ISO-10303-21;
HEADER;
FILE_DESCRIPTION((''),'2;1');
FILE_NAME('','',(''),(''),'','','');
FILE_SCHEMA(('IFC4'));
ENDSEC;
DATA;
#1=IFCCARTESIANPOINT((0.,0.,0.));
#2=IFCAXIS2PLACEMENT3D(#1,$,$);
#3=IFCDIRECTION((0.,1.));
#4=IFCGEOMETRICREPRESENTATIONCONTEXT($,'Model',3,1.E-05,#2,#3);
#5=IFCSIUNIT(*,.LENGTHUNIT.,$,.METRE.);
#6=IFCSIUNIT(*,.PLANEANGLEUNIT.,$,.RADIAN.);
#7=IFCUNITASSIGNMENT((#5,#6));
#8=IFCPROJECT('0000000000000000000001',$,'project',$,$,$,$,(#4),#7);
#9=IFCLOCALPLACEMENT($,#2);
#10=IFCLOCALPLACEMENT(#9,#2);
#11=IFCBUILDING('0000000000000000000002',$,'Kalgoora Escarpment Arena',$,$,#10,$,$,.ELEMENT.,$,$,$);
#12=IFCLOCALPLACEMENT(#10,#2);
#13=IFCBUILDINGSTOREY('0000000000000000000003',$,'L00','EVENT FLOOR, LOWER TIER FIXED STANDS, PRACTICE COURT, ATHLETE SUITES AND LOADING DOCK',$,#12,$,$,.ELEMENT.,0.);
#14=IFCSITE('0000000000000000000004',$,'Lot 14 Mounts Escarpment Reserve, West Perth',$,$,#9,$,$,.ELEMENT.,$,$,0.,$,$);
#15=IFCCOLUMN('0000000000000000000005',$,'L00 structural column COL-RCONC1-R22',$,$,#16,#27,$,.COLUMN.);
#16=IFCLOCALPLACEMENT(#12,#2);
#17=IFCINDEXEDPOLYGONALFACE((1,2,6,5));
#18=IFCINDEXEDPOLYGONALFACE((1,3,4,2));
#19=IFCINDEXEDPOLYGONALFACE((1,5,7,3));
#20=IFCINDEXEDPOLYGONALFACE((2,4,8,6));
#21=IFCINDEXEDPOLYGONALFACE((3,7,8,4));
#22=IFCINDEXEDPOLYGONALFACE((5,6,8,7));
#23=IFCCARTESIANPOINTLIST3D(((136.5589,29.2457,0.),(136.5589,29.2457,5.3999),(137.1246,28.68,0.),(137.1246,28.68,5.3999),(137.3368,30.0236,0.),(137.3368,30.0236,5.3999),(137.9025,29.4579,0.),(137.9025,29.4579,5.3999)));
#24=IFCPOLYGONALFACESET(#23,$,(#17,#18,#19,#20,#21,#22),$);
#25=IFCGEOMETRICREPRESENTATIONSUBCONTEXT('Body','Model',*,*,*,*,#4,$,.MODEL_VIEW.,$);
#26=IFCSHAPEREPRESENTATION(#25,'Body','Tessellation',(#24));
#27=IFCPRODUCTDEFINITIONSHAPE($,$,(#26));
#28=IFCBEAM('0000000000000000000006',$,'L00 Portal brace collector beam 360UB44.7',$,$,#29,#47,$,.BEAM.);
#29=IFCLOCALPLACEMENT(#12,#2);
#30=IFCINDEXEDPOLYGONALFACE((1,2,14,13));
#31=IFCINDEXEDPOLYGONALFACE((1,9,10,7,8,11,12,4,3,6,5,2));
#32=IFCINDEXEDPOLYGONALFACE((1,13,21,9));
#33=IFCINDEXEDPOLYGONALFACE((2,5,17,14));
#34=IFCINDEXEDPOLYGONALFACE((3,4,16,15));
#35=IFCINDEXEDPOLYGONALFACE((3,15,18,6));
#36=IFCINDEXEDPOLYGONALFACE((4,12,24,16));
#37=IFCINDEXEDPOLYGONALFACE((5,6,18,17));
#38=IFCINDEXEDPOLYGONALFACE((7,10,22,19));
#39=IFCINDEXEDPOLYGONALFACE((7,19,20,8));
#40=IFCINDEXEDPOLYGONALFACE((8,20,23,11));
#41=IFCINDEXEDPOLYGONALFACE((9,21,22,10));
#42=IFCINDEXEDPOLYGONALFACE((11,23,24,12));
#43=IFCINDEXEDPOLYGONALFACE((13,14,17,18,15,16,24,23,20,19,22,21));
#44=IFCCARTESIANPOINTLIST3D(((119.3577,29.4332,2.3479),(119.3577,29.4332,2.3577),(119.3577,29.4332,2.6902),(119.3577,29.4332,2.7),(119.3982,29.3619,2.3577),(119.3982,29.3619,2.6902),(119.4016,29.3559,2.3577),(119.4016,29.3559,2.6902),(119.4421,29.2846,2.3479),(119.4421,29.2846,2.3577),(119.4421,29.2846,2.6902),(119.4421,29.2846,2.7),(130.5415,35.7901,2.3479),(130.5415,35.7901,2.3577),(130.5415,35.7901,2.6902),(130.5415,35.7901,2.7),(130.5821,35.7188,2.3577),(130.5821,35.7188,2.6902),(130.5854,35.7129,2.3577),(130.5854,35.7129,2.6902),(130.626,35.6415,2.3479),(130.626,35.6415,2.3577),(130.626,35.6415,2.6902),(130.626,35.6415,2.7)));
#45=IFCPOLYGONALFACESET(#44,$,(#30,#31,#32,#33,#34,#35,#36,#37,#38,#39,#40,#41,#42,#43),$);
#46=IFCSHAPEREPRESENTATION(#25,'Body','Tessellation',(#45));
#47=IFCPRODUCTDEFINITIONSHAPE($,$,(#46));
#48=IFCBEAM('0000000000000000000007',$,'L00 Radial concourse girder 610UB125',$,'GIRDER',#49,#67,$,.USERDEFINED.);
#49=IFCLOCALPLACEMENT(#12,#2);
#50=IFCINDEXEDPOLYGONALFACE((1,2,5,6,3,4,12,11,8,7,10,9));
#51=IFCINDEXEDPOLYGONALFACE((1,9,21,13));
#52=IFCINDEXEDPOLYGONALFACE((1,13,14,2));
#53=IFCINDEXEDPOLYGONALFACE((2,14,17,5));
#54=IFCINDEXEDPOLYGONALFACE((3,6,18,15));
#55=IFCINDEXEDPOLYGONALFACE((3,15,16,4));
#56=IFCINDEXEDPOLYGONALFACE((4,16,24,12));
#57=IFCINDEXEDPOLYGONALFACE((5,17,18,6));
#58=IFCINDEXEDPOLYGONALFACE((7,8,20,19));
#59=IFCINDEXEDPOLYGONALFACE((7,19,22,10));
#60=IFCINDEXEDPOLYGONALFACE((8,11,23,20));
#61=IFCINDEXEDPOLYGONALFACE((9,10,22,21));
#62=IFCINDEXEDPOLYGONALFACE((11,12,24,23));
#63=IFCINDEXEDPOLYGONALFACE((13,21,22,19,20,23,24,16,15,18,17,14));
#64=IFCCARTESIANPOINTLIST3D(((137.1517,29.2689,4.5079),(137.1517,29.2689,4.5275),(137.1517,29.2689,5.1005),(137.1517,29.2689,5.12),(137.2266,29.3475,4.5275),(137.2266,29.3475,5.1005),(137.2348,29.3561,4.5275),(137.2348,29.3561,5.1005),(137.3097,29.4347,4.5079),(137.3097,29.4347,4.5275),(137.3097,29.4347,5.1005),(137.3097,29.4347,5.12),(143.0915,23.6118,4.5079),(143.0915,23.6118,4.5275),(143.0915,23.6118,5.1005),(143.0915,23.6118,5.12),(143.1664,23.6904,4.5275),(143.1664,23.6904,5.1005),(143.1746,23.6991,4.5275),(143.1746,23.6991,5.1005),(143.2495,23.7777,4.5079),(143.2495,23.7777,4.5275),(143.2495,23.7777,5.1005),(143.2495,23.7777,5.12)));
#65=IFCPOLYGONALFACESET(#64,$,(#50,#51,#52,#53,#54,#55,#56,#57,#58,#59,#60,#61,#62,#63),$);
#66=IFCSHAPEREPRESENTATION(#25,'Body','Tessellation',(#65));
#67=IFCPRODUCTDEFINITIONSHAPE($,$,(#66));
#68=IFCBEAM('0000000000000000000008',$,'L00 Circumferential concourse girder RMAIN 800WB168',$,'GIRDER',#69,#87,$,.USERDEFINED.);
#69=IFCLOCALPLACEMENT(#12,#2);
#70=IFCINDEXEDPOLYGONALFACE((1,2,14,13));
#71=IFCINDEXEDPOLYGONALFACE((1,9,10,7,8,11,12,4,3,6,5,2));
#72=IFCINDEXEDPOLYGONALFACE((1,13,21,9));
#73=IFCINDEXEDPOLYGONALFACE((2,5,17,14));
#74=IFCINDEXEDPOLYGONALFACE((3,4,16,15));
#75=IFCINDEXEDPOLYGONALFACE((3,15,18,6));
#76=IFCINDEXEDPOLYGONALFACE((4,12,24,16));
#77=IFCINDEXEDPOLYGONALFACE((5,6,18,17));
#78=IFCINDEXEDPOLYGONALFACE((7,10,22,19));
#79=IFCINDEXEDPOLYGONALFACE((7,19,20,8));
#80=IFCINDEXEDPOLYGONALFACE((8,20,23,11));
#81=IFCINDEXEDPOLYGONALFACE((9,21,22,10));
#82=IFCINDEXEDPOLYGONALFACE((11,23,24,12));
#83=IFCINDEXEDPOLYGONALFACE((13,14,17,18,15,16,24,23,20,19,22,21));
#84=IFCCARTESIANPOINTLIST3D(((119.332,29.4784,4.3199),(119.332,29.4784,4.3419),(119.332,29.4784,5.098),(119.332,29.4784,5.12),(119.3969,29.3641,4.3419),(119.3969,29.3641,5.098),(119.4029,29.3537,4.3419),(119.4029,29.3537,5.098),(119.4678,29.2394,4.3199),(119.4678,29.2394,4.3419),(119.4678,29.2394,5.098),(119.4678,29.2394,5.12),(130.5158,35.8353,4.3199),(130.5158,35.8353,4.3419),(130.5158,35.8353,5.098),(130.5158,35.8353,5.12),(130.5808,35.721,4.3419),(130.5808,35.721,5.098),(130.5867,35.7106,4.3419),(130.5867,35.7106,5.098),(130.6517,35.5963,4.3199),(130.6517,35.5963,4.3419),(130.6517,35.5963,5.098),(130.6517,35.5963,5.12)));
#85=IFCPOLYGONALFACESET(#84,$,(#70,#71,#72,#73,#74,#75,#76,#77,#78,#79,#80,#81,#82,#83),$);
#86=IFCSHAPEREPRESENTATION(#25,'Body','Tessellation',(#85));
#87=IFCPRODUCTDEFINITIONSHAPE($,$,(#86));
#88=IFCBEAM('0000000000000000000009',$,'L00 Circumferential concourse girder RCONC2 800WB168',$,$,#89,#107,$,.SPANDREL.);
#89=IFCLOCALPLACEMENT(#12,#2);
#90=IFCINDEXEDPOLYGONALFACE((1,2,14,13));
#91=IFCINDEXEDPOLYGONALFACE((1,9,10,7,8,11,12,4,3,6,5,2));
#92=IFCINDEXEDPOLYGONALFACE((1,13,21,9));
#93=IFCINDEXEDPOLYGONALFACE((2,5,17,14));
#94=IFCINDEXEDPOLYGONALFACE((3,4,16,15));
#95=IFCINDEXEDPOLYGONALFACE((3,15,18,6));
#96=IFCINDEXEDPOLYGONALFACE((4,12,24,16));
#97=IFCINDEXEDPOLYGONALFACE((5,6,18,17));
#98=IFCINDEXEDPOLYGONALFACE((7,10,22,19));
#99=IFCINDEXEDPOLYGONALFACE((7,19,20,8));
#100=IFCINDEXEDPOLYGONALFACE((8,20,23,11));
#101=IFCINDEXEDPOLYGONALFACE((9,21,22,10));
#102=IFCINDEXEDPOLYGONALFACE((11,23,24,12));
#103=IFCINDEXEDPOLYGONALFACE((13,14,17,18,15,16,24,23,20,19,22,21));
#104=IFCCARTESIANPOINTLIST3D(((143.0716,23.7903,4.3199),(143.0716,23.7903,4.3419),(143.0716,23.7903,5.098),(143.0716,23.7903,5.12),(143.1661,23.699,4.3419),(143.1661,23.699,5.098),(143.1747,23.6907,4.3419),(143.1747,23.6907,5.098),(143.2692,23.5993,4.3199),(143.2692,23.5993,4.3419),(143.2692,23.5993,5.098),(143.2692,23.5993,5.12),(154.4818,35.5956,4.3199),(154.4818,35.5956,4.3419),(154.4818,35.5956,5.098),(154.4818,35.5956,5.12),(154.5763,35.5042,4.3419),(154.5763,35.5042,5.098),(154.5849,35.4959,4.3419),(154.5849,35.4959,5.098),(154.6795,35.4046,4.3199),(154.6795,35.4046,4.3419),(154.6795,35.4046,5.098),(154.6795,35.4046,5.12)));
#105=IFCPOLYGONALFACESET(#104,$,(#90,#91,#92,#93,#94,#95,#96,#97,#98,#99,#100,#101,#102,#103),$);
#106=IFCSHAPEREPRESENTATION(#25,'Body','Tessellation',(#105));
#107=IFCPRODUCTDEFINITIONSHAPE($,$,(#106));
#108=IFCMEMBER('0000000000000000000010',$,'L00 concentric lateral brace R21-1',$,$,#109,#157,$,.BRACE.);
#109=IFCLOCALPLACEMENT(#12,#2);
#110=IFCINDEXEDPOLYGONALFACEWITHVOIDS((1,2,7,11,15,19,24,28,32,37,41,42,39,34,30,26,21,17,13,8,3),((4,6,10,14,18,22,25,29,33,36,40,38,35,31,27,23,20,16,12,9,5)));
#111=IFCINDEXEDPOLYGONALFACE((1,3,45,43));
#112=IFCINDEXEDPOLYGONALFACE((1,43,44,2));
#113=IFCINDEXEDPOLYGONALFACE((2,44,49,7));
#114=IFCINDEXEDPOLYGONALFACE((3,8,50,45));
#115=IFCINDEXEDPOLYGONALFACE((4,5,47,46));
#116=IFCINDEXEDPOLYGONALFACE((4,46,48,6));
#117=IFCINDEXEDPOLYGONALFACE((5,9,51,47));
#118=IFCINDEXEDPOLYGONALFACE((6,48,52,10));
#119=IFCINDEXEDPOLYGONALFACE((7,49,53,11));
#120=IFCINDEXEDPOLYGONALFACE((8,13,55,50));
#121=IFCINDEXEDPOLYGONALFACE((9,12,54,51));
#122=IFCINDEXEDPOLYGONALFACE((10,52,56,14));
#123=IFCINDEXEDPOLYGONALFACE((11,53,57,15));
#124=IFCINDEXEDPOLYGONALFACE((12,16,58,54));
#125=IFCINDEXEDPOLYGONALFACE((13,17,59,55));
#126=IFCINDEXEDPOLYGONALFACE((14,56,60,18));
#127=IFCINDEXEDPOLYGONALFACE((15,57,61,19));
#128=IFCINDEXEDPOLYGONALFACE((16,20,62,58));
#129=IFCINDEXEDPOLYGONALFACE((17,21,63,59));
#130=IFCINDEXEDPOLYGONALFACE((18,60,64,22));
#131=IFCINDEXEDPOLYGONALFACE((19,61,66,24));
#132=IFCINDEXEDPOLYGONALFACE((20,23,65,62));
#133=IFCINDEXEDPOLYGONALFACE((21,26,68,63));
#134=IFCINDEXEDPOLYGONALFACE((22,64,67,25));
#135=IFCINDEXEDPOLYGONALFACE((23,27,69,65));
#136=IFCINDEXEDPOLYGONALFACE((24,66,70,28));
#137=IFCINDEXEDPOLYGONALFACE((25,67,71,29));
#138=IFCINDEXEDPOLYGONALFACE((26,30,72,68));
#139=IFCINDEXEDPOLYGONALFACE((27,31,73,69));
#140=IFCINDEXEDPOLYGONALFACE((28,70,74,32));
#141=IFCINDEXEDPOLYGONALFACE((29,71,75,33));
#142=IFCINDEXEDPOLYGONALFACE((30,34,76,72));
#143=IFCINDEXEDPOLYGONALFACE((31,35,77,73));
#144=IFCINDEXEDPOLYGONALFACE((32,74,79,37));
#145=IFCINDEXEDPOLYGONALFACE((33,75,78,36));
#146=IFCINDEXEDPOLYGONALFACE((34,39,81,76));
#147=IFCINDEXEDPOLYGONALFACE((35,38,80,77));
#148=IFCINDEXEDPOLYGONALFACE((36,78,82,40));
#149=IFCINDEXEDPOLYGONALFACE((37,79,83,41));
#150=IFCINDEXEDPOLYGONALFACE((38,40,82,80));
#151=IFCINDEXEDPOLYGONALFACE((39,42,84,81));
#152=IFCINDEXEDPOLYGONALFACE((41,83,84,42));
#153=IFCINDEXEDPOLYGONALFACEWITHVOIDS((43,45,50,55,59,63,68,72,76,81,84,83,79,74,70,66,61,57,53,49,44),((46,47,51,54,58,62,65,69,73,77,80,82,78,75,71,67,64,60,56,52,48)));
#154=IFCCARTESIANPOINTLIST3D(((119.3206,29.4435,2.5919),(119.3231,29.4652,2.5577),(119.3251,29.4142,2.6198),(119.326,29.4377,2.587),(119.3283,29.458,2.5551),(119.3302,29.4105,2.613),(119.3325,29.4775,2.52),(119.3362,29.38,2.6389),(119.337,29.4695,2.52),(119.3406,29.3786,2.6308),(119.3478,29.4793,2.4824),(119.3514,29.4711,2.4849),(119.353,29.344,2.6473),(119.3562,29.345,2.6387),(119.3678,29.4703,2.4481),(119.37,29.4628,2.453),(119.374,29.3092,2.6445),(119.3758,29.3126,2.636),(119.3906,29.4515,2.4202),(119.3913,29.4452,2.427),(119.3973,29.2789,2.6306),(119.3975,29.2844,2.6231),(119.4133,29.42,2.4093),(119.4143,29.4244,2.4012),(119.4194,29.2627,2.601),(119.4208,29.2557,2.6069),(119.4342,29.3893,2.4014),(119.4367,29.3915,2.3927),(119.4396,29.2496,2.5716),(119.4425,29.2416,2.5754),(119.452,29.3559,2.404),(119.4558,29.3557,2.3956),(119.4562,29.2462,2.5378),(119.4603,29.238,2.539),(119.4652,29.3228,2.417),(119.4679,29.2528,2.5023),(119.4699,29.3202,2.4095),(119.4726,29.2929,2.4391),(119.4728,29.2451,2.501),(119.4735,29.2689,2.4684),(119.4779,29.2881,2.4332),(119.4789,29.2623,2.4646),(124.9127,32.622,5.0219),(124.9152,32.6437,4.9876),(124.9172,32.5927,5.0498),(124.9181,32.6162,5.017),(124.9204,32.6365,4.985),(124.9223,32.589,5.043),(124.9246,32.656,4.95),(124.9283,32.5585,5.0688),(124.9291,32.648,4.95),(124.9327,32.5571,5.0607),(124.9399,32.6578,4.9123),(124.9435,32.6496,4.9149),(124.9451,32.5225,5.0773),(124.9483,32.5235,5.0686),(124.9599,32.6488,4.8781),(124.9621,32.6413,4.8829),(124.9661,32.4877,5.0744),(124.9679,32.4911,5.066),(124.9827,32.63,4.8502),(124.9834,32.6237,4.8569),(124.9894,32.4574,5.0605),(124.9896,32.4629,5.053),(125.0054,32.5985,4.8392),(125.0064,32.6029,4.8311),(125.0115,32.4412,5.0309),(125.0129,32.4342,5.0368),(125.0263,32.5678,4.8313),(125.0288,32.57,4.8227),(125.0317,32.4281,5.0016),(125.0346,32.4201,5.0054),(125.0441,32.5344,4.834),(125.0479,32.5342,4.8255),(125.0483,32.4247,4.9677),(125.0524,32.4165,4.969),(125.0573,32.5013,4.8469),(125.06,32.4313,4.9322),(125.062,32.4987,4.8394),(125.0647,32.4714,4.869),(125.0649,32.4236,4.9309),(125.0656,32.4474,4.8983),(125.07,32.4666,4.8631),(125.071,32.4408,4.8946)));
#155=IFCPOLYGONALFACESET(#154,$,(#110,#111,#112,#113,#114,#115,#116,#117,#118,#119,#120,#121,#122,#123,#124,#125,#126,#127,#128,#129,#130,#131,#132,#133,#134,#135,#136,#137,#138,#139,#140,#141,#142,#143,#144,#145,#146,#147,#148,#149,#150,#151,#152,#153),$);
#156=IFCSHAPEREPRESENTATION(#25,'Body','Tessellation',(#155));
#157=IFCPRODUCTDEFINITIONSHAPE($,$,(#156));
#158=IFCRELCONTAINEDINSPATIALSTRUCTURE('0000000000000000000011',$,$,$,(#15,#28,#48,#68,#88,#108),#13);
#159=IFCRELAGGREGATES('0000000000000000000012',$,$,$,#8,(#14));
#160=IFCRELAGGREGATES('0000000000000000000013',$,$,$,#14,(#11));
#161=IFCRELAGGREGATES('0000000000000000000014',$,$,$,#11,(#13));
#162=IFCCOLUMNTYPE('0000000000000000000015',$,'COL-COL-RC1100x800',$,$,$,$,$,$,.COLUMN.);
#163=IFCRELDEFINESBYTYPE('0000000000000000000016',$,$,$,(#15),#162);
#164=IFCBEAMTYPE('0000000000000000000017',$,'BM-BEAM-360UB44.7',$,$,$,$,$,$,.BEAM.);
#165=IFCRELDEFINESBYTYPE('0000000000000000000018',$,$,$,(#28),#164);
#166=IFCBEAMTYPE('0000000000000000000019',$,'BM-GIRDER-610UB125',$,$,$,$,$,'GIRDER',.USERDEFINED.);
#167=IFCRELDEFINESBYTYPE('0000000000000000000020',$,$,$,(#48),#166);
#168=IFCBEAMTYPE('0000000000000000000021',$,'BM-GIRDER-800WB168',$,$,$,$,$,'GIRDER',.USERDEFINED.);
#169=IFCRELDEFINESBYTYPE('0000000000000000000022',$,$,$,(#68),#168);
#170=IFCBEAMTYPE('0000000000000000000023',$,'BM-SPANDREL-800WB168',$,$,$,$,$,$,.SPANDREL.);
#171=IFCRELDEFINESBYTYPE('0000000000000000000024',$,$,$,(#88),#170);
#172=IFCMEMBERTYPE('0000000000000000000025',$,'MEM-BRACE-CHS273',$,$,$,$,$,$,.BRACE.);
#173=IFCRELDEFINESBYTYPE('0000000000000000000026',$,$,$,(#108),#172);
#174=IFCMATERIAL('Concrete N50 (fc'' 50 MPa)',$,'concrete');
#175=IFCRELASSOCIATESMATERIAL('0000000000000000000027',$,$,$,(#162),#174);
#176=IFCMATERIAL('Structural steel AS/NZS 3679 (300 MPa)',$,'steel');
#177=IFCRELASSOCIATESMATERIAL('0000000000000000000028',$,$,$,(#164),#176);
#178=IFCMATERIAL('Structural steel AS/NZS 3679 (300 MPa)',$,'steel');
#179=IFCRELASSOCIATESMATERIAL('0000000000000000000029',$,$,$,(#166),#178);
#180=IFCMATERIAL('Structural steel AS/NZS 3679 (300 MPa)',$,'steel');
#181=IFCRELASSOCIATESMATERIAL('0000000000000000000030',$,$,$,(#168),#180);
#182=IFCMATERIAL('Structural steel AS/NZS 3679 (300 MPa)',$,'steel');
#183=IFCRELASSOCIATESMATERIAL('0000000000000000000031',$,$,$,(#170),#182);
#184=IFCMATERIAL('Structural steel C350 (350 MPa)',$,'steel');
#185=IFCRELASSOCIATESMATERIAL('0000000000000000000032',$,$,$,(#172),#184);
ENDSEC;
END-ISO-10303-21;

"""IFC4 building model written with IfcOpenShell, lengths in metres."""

from ifc_helpers import new_model, si_unit, direction, frame, origin, origin_2d, place, context, subcontext, project, spatial, rectangle, hollow_circle, i_section, extrude, material, material_profile, profile_set, type_object, element, save


model = new_model("IFC4")

# Units and contexts
model_context = context("Model", 3, precision=1e-05, world=origin(), true_north=direction((0.0, 1.0)))
body_context = subcontext(model_context, "Body", "Model", "MODEL_VIEW")
ifc_project = project(units=[si_unit("LENGTHUNIT", "METRE"), si_unit("PLANEANGLEUNIT", "RADIAN")], contexts=[model_context])

# Site, building, storey
site_placement = place(None, origin())
site = spatial("IfcSite", under=ifc_project, at=site_placement, Name="Lot 14 Mounts Escarpment Reserve, West Perth", CompositionType="ELEMENT", RefElevation=0.0)
building_placement = place(site_placement, origin())
building = spatial("IfcBuilding", under=site, at=building_placement, Name="Kalgoora Escarpment Arena", CompositionType="ELEMENT")
storey_placement = place(building_placement, origin())
storey = spatial("IfcBuildingStorey", under=building, at=storey_placement, Name="L00", Description="EVENT FLOOR, LOWER TIER FIXED STANDS, PRACTICE COURT, ATHLETE SUITES AND LOADING DOCK", CompositionType="ELEMENT", Elevation=0.0)

# Column
ifc_material_1 = material(Name="Concrete N50 (fc' 50 MPa)", Category="concrete")
ifc_material_profile_1 = material_profile(ifc_material_1, rectangle(XDim=0.8, YDim=1.1001, at=origin_2d()))
ifc_profile_set_1 = profile_set([ifc_material_profile_1], Name="Concrete N50 (fc' 50 MPa)")
column_type_1 = type_object("IfcColumnType", Name="COL-COL-RC1100x800", PredefinedType="COLUMN", material=ifc_profile_set_1)
column_1_placement = place(storey_placement, frame((137.2307, 29.3518, 0.0), z_axis=(0.0, 0.0, 1.0), x_axis=(0.707107, -0.707107, 0.0)))
element("IfcColumn", 1, at=column_1_placement, inside=storey, type_object=column_type_1, Name="L00 structural column COL-RCONC1-R22", PredefinedType="COLUMN", context=body_context, shape_type="SweptSolid", body=[
    extrude(rectangle(XDim=0.8, YDim=1.1001, at=origin_2d()), origin(), (0.0, 0.0, 1.0), 5.3999),
])

# Beams
ifc_material_2 = material(Name="Structural steel AS/NZS 3679 (300 MPa)", Category="steel")
ifc_material_profile_2 = material_profile(ifc_material_2, i_section(OverallWidth=0.1709, OverallDepth=0.3521, WebThickness=0.0068, FlangeThickness=0.0098, at=origin_2d()))
ifc_profile_set_2 = profile_set([ifc_material_profile_2], Name="Structural steel AS/NZS 3679 (300 MPa)")
beam_type_1 = type_object("IfcBeamType", Name="BM-BEAM-360UB44.7", PredefinedType="BEAM", material=ifc_profile_set_2)
beam_1_placement = place(storey_placement, frame((119.3999, 29.3589, 2.5239), z_axis=(0.869374, 0.494155, 0.0), x_axis=(-0.494155, 0.869374, 0.0)))
element("IfcBeam", 2, at=beam_1_placement, inside=storey, type_object=beam_type_1, Name="L00 Portal brace collector beam 360UB44.7", PredefinedType="BEAM", context=body_context, shape_type="SweptSolid", body=[
    extrude(i_section(OverallWidth=0.1709, OverallDepth=0.3521, WebThickness=0.0068, FlangeThickness=0.0098, at=origin_2d()), origin(), (0.0, 0.0, 1.0), 12.8643),
])
ifc_material_3 = material(Name="Structural steel AS/NZS 3679 (300 MPa)", Category="steel")
ifc_material_profile_3 = material_profile(ifc_material_3, i_section(OverallWidth=0.229, OverallDepth=0.6121, WebThickness=0.012, FlangeThickness=0.0195, at=origin_2d()))
ifc_profile_set_3 = profile_set([ifc_material_profile_3], Name="Structural steel AS/NZS 3679 (300 MPa)")
beam_type_2 = type_object("IfcBeamType", Name="BM-GIRDER-610UB125", ElementType="GIRDER", PredefinedType="USERDEFINED", material=ifc_profile_set_3)
beam_2_placement = place(storey_placement, frame((137.2307, 29.3518, 4.814), z_axis=(0.72413, -0.689663, 0.0), x_axis=(0.689663, 0.72413, 0.0)))
element("IfcBeam", 3, at=beam_2_placement, inside=storey, type_object=beam_type_2, Name="L00 Radial concourse girder 610UB125", ObjectType="GIRDER", PredefinedType="USERDEFINED", context=body_context, shape_type="SweptSolid", body=[
    extrude(i_section(OverallWidth=0.229, OverallDepth=0.6121, WebThickness=0.012, FlangeThickness=0.0195, at=origin_2d()), origin(), (0.0, 0.0, 1.0), 8.2026),
])
ifc_material_4 = material(Name="Structural steel AS/NZS 3679 (300 MPa)", Category="steel")
ifc_material_profile_4 = material_profile(ifc_material_4, i_section(OverallWidth=0.2749, OverallDepth=0.8, WebThickness=0.012, FlangeThickness=0.022, at=origin_2d()))
ifc_profile_set_4 = profile_set([ifc_material_profile_4], Name="Structural steel AS/NZS 3679 (300 MPa)")
beam_type_3 = type_object("IfcBeamType", Name="BM-GIRDER-800WB168", ElementType="GIRDER", PredefinedType="USERDEFINED", material=ifc_profile_set_4)
beam_3_placement = place(storey_placement, frame((119.3999, 29.3589, 4.72), z_axis=(0.869374, 0.494155, 0.0), x_axis=(-0.494155, 0.869374, 0.0)))
element("IfcBeam", 4, at=beam_3_placement, inside=storey, type_object=beam_type_3, Name="L00 Circumferential concourse girder RMAIN 800WB168", ObjectType="GIRDER", PredefinedType="USERDEFINED", context=body_context, shape_type="SweptSolid", body=[
    extrude(i_section(OverallWidth=0.2749, OverallDepth=0.8, WebThickness=0.012, FlangeThickness=0.022, at=origin_2d()), origin(), (0.0, 0.0, 1.0), 12.8643),
])
ifc_material_5 = material(Name="Structural steel AS/NZS 3679 (300 MPa)", Category="steel")
ifc_material_profile_5 = material_profile(ifc_material_5, i_section(OverallWidth=0.2749, OverallDepth=0.8, WebThickness=0.012, FlangeThickness=0.022, at=origin_2d()))
ifc_profile_set_5 = profile_set([ifc_material_profile_5], Name="Structural steel AS/NZS 3679 (300 MPa)")
beam_type_4 = type_object("IfcBeamType", Name="BM-SPANDREL-800WB168", PredefinedType="SPANDREL", material=ifc_profile_set_5)
beam_4_placement = place(storey_placement, frame((143.1704, 23.6948, 4.72), z_axis=(0.694974, 0.719034, 0.0), x_axis=(-0.719034, 0.694974, 0.0)))
element("IfcBeam", 5, at=beam_4_placement, inside=storey, type_object=beam_type_4, Name="L00 Circumferential concourse girder RCONC2 800WB168", PredefinedType="SPANDREL", context=body_context, shape_type="SweptSolid", body=[
    extrude(i_section(OverallWidth=0.2749, OverallDepth=0.8, WebThickness=0.012, FlangeThickness=0.022, at=origin_2d()), origin(), (0.0, 0.0, 1.0), 16.4182),
])

# Member
ifc_material_6 = material(Name="Structural steel C350 (350 MPa)", Category="steel")
ifc_material_profile_6 = material_profile(ifc_material_6, hollow_circle(Radius=0.1365, WallThickness=0.0093, at=origin_2d()))
ifc_profile_set_6 = profile_set([ifc_material_profile_6], Name="Structural steel C350 (350 MPa)")
member_type_1 = type_object("IfcMemberType", Name="MEM-BRACE-CHS273", PredefinedType="BRACE", material=ifc_profile_set_6)
member_1_placement = place(storey_placement, frame((119.3999, 29.3589, 2.52), z_axis=(0.81328, 0.462261, 0.353398), x_axis=(-0.494147, 0.869378, 0.0)))
element("IfcMember", 6, at=member_1_placement, inside=storey, type_object=member_type_1, Name="L00 concentric lateral brace R21-1", PredefinedType="BRACE", context=body_context, shape_type="SweptSolid", body=[
    extrude(hollow_circle(Radius=0.1365, WallThickness=0.0093, at=origin_2d()), origin(), (0.0, 0.0, 1.0), 6.876),
])

save(model, "model.ifc")
